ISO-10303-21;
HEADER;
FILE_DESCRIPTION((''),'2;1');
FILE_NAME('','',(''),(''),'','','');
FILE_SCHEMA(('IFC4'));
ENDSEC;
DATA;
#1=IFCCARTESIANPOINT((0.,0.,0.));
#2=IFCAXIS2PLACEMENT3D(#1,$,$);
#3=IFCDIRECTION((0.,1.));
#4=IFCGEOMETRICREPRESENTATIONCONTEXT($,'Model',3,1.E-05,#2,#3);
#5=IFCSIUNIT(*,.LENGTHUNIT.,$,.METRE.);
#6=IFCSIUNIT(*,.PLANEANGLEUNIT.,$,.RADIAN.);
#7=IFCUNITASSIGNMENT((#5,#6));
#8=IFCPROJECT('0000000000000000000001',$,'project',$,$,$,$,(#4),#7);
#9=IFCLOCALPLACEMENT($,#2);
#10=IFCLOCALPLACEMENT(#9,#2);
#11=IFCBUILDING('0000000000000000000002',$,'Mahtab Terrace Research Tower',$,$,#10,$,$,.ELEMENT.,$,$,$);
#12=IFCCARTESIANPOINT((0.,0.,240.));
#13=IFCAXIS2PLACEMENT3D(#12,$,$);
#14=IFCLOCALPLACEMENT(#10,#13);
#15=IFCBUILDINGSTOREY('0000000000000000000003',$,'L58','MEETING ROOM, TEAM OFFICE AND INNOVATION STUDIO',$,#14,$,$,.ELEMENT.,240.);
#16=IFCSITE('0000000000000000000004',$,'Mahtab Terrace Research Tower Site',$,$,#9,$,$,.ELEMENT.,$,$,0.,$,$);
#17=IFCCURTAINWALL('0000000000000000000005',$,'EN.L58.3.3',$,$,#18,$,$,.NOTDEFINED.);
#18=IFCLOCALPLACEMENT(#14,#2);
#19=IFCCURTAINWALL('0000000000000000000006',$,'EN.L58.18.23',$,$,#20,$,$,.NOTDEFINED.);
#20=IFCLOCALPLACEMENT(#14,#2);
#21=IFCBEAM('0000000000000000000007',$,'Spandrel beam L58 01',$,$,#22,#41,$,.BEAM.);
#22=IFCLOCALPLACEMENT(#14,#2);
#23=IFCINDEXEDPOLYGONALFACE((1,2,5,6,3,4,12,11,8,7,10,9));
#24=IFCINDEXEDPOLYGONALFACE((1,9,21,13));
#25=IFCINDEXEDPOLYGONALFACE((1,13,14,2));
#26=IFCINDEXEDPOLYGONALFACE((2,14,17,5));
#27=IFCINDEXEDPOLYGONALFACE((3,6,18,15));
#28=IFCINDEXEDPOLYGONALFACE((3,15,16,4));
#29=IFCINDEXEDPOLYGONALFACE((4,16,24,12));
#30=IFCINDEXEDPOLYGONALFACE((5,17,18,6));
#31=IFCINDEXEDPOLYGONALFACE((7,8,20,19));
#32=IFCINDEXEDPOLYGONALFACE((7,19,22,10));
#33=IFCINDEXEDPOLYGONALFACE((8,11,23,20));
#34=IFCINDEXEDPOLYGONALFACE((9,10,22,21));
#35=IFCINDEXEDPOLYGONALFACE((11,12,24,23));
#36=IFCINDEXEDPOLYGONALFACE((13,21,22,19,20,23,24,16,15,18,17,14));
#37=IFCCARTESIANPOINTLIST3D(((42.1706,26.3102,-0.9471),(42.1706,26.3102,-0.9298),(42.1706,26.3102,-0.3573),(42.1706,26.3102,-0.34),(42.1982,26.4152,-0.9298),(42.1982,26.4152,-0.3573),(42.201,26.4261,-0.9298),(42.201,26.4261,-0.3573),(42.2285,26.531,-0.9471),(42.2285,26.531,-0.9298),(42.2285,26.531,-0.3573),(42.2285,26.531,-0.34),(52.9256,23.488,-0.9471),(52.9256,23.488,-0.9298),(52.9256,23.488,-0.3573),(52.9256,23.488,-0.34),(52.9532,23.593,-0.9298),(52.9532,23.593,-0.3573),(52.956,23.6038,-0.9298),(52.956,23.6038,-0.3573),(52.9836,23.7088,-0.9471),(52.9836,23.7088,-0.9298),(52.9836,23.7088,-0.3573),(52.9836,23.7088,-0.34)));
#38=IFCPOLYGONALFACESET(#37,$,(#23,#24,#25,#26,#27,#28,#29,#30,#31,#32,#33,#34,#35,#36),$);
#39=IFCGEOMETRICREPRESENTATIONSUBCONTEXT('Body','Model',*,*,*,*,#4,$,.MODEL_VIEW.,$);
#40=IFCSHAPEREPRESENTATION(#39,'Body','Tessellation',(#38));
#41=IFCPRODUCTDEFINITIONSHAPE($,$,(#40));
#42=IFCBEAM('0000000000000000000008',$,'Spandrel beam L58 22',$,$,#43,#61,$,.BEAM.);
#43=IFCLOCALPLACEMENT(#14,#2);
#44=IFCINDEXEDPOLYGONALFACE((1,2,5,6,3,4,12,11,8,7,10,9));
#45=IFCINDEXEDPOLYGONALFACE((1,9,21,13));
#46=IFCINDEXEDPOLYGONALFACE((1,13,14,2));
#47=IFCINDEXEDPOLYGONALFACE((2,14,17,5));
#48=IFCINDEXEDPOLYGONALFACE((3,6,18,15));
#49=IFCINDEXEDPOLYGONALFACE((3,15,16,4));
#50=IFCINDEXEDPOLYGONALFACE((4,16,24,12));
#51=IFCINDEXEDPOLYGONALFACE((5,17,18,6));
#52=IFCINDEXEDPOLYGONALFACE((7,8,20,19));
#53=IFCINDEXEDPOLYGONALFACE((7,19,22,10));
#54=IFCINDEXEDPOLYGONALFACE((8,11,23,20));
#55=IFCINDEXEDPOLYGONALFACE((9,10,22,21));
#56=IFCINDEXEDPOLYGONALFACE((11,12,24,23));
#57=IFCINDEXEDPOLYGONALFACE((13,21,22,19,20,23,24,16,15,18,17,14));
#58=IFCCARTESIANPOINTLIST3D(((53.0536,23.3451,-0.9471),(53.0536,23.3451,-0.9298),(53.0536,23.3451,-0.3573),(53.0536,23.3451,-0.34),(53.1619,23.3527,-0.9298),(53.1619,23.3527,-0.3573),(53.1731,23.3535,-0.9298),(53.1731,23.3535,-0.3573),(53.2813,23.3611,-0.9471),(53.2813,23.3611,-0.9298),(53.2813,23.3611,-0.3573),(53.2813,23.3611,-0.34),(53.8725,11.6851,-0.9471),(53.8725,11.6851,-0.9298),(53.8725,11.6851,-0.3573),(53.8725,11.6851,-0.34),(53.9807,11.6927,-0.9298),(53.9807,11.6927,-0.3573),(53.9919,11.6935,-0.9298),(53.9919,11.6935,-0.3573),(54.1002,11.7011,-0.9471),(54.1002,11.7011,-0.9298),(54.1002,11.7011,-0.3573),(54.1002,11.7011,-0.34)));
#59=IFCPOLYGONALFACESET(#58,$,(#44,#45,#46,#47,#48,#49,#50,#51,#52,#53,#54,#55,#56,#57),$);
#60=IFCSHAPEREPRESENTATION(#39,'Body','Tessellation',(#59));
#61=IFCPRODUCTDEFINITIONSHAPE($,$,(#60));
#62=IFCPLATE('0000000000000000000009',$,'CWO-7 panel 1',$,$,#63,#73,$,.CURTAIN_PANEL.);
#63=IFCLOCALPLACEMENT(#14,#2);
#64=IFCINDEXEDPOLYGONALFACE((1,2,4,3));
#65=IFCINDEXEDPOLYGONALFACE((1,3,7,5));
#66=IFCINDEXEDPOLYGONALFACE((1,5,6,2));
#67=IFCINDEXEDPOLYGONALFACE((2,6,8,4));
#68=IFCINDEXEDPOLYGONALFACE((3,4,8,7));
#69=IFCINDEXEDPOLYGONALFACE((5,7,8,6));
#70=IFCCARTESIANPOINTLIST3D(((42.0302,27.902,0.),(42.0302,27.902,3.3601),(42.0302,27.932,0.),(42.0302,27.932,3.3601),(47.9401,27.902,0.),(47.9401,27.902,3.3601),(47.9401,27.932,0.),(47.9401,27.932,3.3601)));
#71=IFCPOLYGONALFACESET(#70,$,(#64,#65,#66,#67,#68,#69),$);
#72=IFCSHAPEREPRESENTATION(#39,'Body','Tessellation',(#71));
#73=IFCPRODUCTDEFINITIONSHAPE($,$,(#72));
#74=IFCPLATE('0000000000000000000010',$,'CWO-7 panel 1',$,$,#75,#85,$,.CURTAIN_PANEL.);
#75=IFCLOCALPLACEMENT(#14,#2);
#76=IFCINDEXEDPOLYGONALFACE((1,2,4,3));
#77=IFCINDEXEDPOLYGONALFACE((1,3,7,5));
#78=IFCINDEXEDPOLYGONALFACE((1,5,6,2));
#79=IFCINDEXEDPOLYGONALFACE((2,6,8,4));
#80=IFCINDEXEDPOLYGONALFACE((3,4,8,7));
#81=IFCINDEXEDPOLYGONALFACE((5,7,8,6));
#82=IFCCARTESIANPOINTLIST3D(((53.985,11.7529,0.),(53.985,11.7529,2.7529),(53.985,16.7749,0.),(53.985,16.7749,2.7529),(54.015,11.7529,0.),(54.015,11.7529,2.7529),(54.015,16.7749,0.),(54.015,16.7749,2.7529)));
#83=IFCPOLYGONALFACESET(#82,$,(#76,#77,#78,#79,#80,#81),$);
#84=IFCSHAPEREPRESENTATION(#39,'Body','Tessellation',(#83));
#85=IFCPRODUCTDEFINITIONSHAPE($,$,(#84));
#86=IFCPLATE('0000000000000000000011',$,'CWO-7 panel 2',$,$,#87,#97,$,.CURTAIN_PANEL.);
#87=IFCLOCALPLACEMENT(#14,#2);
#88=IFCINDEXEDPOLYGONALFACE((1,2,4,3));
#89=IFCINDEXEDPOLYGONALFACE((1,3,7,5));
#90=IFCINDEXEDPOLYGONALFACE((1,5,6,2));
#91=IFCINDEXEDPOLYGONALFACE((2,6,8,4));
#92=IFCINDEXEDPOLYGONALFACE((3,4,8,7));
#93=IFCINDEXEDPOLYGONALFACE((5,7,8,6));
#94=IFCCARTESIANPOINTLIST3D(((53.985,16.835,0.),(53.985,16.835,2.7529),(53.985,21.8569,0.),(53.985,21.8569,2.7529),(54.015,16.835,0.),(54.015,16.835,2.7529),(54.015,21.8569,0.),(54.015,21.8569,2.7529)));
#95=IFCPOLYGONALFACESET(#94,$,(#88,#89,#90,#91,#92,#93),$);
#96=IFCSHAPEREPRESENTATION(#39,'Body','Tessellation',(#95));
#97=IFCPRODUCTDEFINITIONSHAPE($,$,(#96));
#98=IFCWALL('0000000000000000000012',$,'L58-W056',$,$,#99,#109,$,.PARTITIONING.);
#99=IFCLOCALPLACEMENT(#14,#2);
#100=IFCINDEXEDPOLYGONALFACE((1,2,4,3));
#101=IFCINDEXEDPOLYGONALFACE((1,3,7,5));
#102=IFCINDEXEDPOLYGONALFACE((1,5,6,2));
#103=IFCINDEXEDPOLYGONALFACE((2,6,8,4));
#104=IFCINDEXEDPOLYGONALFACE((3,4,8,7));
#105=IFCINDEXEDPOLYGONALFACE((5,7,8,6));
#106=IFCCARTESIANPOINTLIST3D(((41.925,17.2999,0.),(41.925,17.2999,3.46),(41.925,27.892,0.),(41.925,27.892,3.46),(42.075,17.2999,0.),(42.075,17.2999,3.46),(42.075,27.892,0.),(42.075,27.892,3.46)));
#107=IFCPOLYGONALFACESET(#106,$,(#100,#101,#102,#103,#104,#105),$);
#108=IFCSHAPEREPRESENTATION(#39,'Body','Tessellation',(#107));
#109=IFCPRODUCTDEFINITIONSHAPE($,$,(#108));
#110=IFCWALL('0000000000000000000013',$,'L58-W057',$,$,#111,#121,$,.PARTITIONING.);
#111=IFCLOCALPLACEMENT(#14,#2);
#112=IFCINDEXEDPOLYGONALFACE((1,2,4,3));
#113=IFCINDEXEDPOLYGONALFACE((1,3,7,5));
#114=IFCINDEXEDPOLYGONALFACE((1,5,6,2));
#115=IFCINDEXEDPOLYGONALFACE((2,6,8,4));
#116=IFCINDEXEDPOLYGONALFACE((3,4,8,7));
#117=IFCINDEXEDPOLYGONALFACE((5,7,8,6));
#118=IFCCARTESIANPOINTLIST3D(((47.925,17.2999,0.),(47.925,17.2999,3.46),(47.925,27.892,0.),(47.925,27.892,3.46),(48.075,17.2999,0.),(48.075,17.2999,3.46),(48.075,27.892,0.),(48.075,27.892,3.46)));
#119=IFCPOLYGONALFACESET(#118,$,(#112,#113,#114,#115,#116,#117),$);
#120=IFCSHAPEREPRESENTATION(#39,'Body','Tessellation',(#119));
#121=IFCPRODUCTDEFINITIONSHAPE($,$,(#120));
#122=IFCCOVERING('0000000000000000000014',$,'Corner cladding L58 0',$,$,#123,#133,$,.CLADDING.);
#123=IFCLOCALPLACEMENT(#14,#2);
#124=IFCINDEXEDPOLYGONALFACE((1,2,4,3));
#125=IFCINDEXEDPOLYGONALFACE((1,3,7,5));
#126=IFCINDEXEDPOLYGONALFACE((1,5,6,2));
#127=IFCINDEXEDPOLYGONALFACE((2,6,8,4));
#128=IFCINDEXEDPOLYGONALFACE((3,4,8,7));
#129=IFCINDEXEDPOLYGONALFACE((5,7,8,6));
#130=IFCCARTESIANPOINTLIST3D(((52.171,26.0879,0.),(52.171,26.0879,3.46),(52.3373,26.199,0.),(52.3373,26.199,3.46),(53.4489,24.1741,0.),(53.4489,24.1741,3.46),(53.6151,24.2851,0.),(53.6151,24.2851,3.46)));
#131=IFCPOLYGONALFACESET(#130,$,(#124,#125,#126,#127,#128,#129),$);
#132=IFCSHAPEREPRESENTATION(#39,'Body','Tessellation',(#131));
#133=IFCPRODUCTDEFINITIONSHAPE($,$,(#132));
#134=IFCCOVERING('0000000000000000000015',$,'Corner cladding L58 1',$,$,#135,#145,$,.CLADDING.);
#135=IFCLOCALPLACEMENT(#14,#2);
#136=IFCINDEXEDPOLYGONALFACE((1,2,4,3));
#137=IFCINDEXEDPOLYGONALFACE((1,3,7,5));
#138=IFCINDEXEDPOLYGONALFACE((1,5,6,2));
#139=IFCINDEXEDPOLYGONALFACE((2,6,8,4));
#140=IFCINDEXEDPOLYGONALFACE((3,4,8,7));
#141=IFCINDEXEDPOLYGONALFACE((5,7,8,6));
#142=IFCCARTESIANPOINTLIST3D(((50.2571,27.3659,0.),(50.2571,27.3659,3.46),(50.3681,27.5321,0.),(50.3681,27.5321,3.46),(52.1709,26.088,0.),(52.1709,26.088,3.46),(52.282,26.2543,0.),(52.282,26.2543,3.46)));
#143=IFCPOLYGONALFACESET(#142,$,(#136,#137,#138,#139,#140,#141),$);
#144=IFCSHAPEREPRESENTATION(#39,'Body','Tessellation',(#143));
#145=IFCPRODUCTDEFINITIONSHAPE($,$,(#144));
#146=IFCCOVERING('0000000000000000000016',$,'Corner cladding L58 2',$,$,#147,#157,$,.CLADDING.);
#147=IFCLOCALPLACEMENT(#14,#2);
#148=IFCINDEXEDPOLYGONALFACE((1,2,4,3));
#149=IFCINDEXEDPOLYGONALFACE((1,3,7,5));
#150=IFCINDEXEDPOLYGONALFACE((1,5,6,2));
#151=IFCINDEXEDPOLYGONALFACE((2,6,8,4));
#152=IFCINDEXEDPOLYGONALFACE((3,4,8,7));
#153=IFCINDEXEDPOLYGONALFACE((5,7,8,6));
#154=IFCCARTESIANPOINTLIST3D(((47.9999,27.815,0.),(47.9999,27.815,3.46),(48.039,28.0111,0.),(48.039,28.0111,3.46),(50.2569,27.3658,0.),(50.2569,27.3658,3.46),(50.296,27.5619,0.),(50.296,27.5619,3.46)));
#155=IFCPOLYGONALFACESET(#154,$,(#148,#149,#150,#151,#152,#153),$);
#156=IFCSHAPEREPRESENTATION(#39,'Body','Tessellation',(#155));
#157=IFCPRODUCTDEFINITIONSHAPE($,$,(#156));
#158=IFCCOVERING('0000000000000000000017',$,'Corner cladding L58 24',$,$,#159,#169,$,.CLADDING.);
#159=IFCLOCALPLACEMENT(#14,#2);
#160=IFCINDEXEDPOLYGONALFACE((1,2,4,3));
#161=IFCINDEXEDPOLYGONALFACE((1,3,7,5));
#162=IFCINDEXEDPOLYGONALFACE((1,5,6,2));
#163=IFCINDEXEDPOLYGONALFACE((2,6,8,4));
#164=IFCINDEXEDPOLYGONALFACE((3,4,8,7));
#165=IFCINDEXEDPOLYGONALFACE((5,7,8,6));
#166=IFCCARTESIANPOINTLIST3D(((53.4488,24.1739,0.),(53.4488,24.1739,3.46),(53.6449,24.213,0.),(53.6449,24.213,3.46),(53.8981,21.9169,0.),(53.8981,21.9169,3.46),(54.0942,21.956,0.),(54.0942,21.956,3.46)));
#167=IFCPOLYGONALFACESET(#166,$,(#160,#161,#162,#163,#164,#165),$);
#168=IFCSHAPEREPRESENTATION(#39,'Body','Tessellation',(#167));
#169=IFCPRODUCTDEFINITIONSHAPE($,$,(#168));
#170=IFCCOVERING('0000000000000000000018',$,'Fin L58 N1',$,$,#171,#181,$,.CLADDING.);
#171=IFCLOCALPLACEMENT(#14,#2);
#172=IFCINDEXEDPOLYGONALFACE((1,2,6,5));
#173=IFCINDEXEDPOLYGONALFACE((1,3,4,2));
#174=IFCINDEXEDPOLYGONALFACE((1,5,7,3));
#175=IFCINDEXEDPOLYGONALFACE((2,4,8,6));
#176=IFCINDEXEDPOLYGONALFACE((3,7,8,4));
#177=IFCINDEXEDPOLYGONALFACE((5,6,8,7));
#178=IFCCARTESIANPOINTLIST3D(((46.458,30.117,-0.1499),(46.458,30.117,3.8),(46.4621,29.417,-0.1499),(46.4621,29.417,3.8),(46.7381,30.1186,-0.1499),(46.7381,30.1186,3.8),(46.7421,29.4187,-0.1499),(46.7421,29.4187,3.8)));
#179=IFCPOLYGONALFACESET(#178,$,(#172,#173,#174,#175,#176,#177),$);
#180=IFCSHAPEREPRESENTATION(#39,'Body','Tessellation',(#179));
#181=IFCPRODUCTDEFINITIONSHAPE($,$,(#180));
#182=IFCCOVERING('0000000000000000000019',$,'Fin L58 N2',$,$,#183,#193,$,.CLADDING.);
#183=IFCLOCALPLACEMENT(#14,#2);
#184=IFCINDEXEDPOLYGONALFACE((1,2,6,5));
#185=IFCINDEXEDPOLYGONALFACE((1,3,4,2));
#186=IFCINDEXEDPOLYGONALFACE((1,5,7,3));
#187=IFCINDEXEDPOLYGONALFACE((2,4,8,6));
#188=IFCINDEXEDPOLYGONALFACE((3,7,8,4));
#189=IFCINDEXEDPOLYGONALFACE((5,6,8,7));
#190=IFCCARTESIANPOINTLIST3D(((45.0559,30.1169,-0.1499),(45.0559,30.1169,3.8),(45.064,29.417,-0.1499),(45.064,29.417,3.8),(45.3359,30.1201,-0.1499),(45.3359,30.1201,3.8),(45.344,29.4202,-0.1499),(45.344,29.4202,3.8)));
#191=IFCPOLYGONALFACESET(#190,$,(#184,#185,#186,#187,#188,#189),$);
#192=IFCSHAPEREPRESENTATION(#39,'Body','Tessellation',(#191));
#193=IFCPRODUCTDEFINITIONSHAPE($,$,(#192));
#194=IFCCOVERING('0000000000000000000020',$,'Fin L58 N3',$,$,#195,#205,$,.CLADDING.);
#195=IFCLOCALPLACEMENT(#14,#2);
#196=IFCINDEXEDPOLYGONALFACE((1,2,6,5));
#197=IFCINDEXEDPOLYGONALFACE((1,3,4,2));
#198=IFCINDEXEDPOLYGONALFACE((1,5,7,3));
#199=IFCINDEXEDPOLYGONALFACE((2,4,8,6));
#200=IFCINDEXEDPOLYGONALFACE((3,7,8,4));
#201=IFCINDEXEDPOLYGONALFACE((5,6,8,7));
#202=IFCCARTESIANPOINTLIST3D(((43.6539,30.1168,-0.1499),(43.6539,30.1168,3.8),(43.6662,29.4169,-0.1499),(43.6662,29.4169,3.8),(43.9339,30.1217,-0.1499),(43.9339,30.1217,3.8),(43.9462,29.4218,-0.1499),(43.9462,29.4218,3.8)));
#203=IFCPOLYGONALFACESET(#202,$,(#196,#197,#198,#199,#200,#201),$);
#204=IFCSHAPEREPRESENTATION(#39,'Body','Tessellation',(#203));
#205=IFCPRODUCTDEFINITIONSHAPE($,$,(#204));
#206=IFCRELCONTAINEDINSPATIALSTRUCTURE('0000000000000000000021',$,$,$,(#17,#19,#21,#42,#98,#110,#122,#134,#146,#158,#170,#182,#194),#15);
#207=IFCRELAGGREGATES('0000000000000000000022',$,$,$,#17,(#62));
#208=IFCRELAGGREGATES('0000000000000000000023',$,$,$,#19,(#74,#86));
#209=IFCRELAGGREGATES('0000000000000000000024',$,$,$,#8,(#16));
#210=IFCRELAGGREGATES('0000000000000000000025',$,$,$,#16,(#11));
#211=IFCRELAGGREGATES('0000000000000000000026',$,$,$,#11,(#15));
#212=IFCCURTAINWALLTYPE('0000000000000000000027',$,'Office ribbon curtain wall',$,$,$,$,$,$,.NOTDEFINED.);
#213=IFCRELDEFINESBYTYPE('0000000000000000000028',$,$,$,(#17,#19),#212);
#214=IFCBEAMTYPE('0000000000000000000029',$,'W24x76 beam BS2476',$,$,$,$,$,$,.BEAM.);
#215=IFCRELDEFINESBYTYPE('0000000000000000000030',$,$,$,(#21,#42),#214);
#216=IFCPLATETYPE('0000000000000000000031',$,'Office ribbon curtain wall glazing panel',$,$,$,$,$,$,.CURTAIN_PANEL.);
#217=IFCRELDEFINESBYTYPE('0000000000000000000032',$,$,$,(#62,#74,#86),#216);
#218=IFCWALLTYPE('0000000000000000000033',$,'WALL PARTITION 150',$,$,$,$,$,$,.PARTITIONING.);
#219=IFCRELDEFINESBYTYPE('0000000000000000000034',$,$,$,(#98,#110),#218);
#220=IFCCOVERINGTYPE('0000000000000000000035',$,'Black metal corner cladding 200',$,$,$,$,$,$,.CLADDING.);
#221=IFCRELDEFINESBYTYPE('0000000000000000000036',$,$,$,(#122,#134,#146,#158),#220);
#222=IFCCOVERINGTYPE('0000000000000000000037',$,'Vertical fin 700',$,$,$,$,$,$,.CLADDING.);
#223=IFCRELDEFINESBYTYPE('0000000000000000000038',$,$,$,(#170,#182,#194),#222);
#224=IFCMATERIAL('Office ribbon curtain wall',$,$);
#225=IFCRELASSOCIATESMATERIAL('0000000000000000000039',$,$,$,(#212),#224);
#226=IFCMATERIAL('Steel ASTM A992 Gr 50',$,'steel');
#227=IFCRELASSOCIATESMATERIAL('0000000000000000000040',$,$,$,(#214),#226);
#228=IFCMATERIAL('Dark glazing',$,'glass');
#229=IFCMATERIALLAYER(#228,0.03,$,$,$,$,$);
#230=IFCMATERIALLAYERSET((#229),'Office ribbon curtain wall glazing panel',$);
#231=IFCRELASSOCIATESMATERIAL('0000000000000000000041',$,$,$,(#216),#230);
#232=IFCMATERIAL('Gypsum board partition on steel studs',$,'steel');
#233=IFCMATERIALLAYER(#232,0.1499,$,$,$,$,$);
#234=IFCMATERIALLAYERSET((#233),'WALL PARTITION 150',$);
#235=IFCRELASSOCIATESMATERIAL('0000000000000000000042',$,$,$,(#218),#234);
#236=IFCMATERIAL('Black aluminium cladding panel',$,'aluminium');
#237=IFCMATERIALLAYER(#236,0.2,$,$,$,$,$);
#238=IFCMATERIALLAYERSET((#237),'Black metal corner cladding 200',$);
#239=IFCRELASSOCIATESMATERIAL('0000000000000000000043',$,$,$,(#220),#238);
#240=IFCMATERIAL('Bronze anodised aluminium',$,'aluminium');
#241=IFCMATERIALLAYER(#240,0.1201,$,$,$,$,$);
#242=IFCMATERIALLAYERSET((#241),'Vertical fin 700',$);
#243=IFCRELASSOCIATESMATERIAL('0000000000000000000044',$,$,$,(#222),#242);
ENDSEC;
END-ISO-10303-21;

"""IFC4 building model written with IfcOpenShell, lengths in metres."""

from ifc_helpers import new_model, si_unit, direction, frame, frame_2d, origin, origin_2d, place, context, subcontext, project, spatial, rectangle, i_section, extrude, material, layer, layer_set, material_profile, profile_set, type_object, element, aggregate, save


model = new_model("IFC4")

# Units and contexts
model_context = context("Model", 3, precision=1e-05, world=origin(), true_north=direction((0.0, 1.0)))
body_context = subcontext(model_context, "Body", "Model", "MODEL_VIEW")
ifc_project = project(units=[si_unit("LENGTHUNIT", "METRE"), si_unit("PLANEANGLEUNIT", "RADIAN")], contexts=[model_context])

# Site, building, storey
site_placement = place(None, origin())
site = spatial("IfcSite", under=ifc_project, at=site_placement, Name="Mahtab Terrace Research Tower Site", CompositionType="ELEMENT", RefElevation=0.0)
building_placement = place(site_placement, origin())
building = spatial("IfcBuilding", under=site, at=building_placement, Name="Mahtab Terrace Research Tower", CompositionType="ELEMENT")
storey_placement = place(building_placement, frame((0.0, 0.0, 240.0)))
storey = spatial("IfcBuildingStorey", under=building, at=storey_placement, Name="L58", Description="MEETING ROOM, TEAM OFFICE AND INNOVATION STUDIO", CompositionType="ELEMENT", Elevation=240.0)

# Shared definitions
ifc_material_1 = material(Name="Steel ASTM A992 Gr 50", Category="steel")

# Curtain walls
ifc_material_2 = material(Name="Office ribbon curtain wall")
curtain_wall_type = type_object("IfcCurtainWallType", Name="Office ribbon curtain wall", PredefinedType="NOTDEFINED", material=ifc_material_2)
curtain_wall_1_placement = place(storey_placement, origin())
curtain_wall_1 = element("IfcCurtainWall", 1, at=curtain_wall_1_placement, inside=storey, type_object=curtain_wall_type, Name="EN.L58.3.3", PredefinedType="NOTDEFINED")
curtain_wall_2_placement = place(storey_placement, origin())
curtain_wall_2 = element("IfcCurtainWall", 2, at=curtain_wall_2_placement, inside=storey, type_object=curtain_wall_type, Name="EN.L58.18.23", PredefinedType="NOTDEFINED")

# Beams
ifc_material_profile_1 = material_profile(ifc_material_1, i_section(OverallWidth=0.2283, OverallDepth=0.6072, WebThickness=0.0112, FlangeThickness=0.0173, at=origin_2d()), Name="W24X76")
ifc_profile_set_1 = profile_set([ifc_material_profile_1], Name="Steel ASTM A992 Gr 50")
beam_type = type_object("IfcBeamType", Name="W24x76 beam BS2476", PredefinedType="BEAM", material=ifc_profile_set_1)
beam_1_placement = place(storey_placement, frame((52.9546, 23.5984, -0.6436), z_axis=(-0.967252, 0.253818, 0.0), x_axis=(-0.253818, -0.967252, 0.0)))
element("IfcBeam", 3, at=beam_1_placement, inside=storey, type_object=beam_type, Name="Spandrel beam L58 01", PredefinedType="BEAM", context=body_context, shape_type="SweptSolid", body=[
    extrude(i_section(OverallWidth=0.2283, OverallDepth=0.6072, WebThickness=0.0112, FlangeThickness=0.0173, at=origin_2d()), origin(), (0.0, 0.0, 1.0), 11.1191),
])
beam_2_placement = place(storey_placement, frame((53.9863, 11.6931, -0.6436), z_axis=(-0.070055, 0.997543, 0.0), x_axis=(-0.997543, -0.070055, 0.0)))
element("IfcBeam", 4, at=beam_2_placement, inside=storey, type_object=beam_type, Name="Spandrel beam L58 22", PredefinedType="BEAM", context=body_context, shape_type="SweptSolid", body=[
    extrude(i_section(OverallWidth=0.2283, OverallDepth=0.6072, WebThickness=0.0112, FlangeThickness=0.0173, at=origin_2d()), origin(), (0.0, 0.0, 1.0), 11.6887),
])

# Plates
ifc_material_3 = material(Name="Dark glazing", Category="glass")
ifc_layer_1 = layer(ifc_material_3, 0.03)
ifc_layer_set_1 = layer_set([ifc_layer_1], Name="Office ribbon curtain wall glazing panel")
plate_type = type_object("IfcPlateType", Name="Office ribbon curtain wall glazing panel", PredefinedType="CURTAIN_PANEL", material=ifc_layer_set_1)
plate_1_placement = place(storey_placement, frame((44.9851, 27.917, 0.0), z_axis=(0.0, 0.0, 1.0), x_axis=(-1.0, 0.0, 0.0)))
plate_1 = element("IfcPlate", 5, at=plate_1_placement, type_object=plate_type, Name="CWO-7 panel 1", PredefinedType="CURTAIN_PANEL", context=body_context, shape_type="SweptSolid", body=[
    extrude(rectangle(XDim=5.9099, YDim=0.03, at=origin_2d()), origin(), (0.0, 0.0, 1.0), 3.3601),
])
aggregate(curtain_wall_1, [plate_1])
plate_2_placement = place(storey_placement, frame((54.0, 14.2639, 0.0), z_axis=(0.0, 0.0, 1.0), x_axis=(0.0, 1.0, 0.0)))
plate_2 = element("IfcPlate", 6, at=plate_2_placement, type_object=plate_type, Name="CWO-7 panel 1", PredefinedType="CURTAIN_PANEL", context=body_context, shape_type="SweptSolid", body=[
    extrude(rectangle(XDim=5.022, YDim=0.03, at=origin_2d()), origin(), (0.0, 0.0, 1.0), 2.7529),
])
plate_3_placement = place(storey_placement, frame((54.0, 19.3459, 0.0), z_axis=(0.0, 0.0, 1.0), x_axis=(0.0, 1.0, 0.0)))
plate_3 = element("IfcPlate", 7, at=plate_3_placement, type_object=plate_type, Name="CWO-7 panel 2", PredefinedType="CURTAIN_PANEL", context=body_context, shape_type="SweptSolid", body=[
    extrude(rectangle(XDim=5.022, YDim=0.03, at=origin_2d()), origin(), (0.0, 0.0, 1.0), 2.7529),
])
aggregate(curtain_wall_2, [plate_2, plate_3])

# Walls
ifc_material_4 = material(Name="Gypsum board partition on steel studs", Category="steel")
ifc_layer_2 = layer(ifc_material_4, 0.1499)
ifc_layer_set_2 = layer_set([ifc_layer_2], Name="WALL PARTITION 150")
wall_type = type_object("IfcWallType", Name="WALL PARTITION 150", PredefinedType="PARTITIONING", material=ifc_layer_set_2)
for number, where, z_axis, x_axis, name in (
    (8, (42.0, 17.3, 0.0), (0.0, 0.0, 1.0), (0.0, 1.0, 0.0), "L58-W056"),
    (9, (48.0, 17.3, 0.0), (0.0, 0.0, 1.0), (0.0, 1.0, 0.0), "L58-W057"),
):
    element("IfcWall", number, at=place(storey_placement, frame(where, z_axis=z_axis, x_axis=x_axis)), inside=storey, type_object=wall_type, Name=name, PredefinedType="PARTITIONING", context=body_context, shape_type="SweptSolid", body=[
        extrude(rectangle(XDim=10.592, YDim=0.1499, at=frame_2d((5.2959, 0.0))), origin(), (0.0, 0.0, 1.0), 3.46),
    ])

# Coverings
ifc_material_5 = material(Name="Black aluminium cladding panel", Category="aluminium")
ifc_layer_3 = layer(ifc_material_5, 0.2)
ifc_layer_set_3 = layer_set([ifc_layer_3], Name="Black metal corner cladding 200")
covering_type_1 = type_object("IfcCoveringType", Name="Black metal corner cladding 200", PredefinedType="CLADDING", material=ifc_layer_set_3)
for number, where, z_axis, x_axis, name in (
    (10, (52.8931, 25.1865, 0.0), (0.0, 0.0, 1.0), (-0.555291, 0.831656, 0.0), "Corner cladding L58 0"),
    (11, (51.2695, 26.8101, 0.0), (0.0, 0.0, 1.0), (-0.831656, 0.555291, 0.0), "Corner cladding L58 1"),
    (12, (49.1479, 27.6885, 0.0), (0.0, 0.0, 1.0), (-0.980761, 0.195212, 0.0), "Corner cladding L58 2"),
    (13, (53.7715, 23.0649, 0.0), (0.0, 0.0, 1.0), (-0.195212, 0.980761, 0.0), "Corner cladding L58 24"),
):
    element("IfcCovering", number, at=place(storey_placement, frame(where, z_axis=z_axis, x_axis=x_axis)), inside=storey, type_object=covering_type_1, Name=name, PredefinedType="CLADDING", context=body_context, shape_type="SweptSolid", body=[
        extrude(rectangle(XDim=2.3013, YDim=0.2, at=origin_2d()), origin(), (0.0, 0.0, 1.0), 3.46),
    ])
ifc_material_6 = material(Name="Bronze anodised aluminium", Category="aluminium")
ifc_layer_4 = layer(ifc_material_6, 0.1201)
ifc_layer_set_4 = layer_set([ifc_layer_4], Name="Vertical fin 700")
covering_type_2 = type_object("IfcCoveringType", Name="Vertical fin 700", PredefinedType="CLADDING", material=ifc_layer_set_4)
for number, where, z_axis, x_axis, name in (
    (14, (46.6001, 29.7678, -0.1499), (0.0, 0.0, 1.0), (-0.999983, -0.005818, 0.0), "Fin L58 N1"),
    (15, (45.2, 29.7686, -0.1499), (0.0, 0.0, 1.0), (-0.999932, -0.011635, 0.0), "Fin L58 N2"),
    (16, (43.8, 29.7693, -0.1499), (0.0, 0.0, 1.0), (-0.999848, -0.017452, 0.0), "Fin L58 N3"),
):
    element("IfcCovering", number, at=place(storey_placement, frame(where, z_axis=z_axis, x_axis=x_axis)), inside=storey, type_object=covering_type_2, Name=name, PredefinedType="CLADDING", context=body_context, shape_type="SweptSolid", body=[
        extrude(rectangle(XDim=0.28, YDim=0.7, at=origin_2d()), origin(), (0.0, 0.0, 1.0), 3.95),
    ])

save(model, "model.ifc")
